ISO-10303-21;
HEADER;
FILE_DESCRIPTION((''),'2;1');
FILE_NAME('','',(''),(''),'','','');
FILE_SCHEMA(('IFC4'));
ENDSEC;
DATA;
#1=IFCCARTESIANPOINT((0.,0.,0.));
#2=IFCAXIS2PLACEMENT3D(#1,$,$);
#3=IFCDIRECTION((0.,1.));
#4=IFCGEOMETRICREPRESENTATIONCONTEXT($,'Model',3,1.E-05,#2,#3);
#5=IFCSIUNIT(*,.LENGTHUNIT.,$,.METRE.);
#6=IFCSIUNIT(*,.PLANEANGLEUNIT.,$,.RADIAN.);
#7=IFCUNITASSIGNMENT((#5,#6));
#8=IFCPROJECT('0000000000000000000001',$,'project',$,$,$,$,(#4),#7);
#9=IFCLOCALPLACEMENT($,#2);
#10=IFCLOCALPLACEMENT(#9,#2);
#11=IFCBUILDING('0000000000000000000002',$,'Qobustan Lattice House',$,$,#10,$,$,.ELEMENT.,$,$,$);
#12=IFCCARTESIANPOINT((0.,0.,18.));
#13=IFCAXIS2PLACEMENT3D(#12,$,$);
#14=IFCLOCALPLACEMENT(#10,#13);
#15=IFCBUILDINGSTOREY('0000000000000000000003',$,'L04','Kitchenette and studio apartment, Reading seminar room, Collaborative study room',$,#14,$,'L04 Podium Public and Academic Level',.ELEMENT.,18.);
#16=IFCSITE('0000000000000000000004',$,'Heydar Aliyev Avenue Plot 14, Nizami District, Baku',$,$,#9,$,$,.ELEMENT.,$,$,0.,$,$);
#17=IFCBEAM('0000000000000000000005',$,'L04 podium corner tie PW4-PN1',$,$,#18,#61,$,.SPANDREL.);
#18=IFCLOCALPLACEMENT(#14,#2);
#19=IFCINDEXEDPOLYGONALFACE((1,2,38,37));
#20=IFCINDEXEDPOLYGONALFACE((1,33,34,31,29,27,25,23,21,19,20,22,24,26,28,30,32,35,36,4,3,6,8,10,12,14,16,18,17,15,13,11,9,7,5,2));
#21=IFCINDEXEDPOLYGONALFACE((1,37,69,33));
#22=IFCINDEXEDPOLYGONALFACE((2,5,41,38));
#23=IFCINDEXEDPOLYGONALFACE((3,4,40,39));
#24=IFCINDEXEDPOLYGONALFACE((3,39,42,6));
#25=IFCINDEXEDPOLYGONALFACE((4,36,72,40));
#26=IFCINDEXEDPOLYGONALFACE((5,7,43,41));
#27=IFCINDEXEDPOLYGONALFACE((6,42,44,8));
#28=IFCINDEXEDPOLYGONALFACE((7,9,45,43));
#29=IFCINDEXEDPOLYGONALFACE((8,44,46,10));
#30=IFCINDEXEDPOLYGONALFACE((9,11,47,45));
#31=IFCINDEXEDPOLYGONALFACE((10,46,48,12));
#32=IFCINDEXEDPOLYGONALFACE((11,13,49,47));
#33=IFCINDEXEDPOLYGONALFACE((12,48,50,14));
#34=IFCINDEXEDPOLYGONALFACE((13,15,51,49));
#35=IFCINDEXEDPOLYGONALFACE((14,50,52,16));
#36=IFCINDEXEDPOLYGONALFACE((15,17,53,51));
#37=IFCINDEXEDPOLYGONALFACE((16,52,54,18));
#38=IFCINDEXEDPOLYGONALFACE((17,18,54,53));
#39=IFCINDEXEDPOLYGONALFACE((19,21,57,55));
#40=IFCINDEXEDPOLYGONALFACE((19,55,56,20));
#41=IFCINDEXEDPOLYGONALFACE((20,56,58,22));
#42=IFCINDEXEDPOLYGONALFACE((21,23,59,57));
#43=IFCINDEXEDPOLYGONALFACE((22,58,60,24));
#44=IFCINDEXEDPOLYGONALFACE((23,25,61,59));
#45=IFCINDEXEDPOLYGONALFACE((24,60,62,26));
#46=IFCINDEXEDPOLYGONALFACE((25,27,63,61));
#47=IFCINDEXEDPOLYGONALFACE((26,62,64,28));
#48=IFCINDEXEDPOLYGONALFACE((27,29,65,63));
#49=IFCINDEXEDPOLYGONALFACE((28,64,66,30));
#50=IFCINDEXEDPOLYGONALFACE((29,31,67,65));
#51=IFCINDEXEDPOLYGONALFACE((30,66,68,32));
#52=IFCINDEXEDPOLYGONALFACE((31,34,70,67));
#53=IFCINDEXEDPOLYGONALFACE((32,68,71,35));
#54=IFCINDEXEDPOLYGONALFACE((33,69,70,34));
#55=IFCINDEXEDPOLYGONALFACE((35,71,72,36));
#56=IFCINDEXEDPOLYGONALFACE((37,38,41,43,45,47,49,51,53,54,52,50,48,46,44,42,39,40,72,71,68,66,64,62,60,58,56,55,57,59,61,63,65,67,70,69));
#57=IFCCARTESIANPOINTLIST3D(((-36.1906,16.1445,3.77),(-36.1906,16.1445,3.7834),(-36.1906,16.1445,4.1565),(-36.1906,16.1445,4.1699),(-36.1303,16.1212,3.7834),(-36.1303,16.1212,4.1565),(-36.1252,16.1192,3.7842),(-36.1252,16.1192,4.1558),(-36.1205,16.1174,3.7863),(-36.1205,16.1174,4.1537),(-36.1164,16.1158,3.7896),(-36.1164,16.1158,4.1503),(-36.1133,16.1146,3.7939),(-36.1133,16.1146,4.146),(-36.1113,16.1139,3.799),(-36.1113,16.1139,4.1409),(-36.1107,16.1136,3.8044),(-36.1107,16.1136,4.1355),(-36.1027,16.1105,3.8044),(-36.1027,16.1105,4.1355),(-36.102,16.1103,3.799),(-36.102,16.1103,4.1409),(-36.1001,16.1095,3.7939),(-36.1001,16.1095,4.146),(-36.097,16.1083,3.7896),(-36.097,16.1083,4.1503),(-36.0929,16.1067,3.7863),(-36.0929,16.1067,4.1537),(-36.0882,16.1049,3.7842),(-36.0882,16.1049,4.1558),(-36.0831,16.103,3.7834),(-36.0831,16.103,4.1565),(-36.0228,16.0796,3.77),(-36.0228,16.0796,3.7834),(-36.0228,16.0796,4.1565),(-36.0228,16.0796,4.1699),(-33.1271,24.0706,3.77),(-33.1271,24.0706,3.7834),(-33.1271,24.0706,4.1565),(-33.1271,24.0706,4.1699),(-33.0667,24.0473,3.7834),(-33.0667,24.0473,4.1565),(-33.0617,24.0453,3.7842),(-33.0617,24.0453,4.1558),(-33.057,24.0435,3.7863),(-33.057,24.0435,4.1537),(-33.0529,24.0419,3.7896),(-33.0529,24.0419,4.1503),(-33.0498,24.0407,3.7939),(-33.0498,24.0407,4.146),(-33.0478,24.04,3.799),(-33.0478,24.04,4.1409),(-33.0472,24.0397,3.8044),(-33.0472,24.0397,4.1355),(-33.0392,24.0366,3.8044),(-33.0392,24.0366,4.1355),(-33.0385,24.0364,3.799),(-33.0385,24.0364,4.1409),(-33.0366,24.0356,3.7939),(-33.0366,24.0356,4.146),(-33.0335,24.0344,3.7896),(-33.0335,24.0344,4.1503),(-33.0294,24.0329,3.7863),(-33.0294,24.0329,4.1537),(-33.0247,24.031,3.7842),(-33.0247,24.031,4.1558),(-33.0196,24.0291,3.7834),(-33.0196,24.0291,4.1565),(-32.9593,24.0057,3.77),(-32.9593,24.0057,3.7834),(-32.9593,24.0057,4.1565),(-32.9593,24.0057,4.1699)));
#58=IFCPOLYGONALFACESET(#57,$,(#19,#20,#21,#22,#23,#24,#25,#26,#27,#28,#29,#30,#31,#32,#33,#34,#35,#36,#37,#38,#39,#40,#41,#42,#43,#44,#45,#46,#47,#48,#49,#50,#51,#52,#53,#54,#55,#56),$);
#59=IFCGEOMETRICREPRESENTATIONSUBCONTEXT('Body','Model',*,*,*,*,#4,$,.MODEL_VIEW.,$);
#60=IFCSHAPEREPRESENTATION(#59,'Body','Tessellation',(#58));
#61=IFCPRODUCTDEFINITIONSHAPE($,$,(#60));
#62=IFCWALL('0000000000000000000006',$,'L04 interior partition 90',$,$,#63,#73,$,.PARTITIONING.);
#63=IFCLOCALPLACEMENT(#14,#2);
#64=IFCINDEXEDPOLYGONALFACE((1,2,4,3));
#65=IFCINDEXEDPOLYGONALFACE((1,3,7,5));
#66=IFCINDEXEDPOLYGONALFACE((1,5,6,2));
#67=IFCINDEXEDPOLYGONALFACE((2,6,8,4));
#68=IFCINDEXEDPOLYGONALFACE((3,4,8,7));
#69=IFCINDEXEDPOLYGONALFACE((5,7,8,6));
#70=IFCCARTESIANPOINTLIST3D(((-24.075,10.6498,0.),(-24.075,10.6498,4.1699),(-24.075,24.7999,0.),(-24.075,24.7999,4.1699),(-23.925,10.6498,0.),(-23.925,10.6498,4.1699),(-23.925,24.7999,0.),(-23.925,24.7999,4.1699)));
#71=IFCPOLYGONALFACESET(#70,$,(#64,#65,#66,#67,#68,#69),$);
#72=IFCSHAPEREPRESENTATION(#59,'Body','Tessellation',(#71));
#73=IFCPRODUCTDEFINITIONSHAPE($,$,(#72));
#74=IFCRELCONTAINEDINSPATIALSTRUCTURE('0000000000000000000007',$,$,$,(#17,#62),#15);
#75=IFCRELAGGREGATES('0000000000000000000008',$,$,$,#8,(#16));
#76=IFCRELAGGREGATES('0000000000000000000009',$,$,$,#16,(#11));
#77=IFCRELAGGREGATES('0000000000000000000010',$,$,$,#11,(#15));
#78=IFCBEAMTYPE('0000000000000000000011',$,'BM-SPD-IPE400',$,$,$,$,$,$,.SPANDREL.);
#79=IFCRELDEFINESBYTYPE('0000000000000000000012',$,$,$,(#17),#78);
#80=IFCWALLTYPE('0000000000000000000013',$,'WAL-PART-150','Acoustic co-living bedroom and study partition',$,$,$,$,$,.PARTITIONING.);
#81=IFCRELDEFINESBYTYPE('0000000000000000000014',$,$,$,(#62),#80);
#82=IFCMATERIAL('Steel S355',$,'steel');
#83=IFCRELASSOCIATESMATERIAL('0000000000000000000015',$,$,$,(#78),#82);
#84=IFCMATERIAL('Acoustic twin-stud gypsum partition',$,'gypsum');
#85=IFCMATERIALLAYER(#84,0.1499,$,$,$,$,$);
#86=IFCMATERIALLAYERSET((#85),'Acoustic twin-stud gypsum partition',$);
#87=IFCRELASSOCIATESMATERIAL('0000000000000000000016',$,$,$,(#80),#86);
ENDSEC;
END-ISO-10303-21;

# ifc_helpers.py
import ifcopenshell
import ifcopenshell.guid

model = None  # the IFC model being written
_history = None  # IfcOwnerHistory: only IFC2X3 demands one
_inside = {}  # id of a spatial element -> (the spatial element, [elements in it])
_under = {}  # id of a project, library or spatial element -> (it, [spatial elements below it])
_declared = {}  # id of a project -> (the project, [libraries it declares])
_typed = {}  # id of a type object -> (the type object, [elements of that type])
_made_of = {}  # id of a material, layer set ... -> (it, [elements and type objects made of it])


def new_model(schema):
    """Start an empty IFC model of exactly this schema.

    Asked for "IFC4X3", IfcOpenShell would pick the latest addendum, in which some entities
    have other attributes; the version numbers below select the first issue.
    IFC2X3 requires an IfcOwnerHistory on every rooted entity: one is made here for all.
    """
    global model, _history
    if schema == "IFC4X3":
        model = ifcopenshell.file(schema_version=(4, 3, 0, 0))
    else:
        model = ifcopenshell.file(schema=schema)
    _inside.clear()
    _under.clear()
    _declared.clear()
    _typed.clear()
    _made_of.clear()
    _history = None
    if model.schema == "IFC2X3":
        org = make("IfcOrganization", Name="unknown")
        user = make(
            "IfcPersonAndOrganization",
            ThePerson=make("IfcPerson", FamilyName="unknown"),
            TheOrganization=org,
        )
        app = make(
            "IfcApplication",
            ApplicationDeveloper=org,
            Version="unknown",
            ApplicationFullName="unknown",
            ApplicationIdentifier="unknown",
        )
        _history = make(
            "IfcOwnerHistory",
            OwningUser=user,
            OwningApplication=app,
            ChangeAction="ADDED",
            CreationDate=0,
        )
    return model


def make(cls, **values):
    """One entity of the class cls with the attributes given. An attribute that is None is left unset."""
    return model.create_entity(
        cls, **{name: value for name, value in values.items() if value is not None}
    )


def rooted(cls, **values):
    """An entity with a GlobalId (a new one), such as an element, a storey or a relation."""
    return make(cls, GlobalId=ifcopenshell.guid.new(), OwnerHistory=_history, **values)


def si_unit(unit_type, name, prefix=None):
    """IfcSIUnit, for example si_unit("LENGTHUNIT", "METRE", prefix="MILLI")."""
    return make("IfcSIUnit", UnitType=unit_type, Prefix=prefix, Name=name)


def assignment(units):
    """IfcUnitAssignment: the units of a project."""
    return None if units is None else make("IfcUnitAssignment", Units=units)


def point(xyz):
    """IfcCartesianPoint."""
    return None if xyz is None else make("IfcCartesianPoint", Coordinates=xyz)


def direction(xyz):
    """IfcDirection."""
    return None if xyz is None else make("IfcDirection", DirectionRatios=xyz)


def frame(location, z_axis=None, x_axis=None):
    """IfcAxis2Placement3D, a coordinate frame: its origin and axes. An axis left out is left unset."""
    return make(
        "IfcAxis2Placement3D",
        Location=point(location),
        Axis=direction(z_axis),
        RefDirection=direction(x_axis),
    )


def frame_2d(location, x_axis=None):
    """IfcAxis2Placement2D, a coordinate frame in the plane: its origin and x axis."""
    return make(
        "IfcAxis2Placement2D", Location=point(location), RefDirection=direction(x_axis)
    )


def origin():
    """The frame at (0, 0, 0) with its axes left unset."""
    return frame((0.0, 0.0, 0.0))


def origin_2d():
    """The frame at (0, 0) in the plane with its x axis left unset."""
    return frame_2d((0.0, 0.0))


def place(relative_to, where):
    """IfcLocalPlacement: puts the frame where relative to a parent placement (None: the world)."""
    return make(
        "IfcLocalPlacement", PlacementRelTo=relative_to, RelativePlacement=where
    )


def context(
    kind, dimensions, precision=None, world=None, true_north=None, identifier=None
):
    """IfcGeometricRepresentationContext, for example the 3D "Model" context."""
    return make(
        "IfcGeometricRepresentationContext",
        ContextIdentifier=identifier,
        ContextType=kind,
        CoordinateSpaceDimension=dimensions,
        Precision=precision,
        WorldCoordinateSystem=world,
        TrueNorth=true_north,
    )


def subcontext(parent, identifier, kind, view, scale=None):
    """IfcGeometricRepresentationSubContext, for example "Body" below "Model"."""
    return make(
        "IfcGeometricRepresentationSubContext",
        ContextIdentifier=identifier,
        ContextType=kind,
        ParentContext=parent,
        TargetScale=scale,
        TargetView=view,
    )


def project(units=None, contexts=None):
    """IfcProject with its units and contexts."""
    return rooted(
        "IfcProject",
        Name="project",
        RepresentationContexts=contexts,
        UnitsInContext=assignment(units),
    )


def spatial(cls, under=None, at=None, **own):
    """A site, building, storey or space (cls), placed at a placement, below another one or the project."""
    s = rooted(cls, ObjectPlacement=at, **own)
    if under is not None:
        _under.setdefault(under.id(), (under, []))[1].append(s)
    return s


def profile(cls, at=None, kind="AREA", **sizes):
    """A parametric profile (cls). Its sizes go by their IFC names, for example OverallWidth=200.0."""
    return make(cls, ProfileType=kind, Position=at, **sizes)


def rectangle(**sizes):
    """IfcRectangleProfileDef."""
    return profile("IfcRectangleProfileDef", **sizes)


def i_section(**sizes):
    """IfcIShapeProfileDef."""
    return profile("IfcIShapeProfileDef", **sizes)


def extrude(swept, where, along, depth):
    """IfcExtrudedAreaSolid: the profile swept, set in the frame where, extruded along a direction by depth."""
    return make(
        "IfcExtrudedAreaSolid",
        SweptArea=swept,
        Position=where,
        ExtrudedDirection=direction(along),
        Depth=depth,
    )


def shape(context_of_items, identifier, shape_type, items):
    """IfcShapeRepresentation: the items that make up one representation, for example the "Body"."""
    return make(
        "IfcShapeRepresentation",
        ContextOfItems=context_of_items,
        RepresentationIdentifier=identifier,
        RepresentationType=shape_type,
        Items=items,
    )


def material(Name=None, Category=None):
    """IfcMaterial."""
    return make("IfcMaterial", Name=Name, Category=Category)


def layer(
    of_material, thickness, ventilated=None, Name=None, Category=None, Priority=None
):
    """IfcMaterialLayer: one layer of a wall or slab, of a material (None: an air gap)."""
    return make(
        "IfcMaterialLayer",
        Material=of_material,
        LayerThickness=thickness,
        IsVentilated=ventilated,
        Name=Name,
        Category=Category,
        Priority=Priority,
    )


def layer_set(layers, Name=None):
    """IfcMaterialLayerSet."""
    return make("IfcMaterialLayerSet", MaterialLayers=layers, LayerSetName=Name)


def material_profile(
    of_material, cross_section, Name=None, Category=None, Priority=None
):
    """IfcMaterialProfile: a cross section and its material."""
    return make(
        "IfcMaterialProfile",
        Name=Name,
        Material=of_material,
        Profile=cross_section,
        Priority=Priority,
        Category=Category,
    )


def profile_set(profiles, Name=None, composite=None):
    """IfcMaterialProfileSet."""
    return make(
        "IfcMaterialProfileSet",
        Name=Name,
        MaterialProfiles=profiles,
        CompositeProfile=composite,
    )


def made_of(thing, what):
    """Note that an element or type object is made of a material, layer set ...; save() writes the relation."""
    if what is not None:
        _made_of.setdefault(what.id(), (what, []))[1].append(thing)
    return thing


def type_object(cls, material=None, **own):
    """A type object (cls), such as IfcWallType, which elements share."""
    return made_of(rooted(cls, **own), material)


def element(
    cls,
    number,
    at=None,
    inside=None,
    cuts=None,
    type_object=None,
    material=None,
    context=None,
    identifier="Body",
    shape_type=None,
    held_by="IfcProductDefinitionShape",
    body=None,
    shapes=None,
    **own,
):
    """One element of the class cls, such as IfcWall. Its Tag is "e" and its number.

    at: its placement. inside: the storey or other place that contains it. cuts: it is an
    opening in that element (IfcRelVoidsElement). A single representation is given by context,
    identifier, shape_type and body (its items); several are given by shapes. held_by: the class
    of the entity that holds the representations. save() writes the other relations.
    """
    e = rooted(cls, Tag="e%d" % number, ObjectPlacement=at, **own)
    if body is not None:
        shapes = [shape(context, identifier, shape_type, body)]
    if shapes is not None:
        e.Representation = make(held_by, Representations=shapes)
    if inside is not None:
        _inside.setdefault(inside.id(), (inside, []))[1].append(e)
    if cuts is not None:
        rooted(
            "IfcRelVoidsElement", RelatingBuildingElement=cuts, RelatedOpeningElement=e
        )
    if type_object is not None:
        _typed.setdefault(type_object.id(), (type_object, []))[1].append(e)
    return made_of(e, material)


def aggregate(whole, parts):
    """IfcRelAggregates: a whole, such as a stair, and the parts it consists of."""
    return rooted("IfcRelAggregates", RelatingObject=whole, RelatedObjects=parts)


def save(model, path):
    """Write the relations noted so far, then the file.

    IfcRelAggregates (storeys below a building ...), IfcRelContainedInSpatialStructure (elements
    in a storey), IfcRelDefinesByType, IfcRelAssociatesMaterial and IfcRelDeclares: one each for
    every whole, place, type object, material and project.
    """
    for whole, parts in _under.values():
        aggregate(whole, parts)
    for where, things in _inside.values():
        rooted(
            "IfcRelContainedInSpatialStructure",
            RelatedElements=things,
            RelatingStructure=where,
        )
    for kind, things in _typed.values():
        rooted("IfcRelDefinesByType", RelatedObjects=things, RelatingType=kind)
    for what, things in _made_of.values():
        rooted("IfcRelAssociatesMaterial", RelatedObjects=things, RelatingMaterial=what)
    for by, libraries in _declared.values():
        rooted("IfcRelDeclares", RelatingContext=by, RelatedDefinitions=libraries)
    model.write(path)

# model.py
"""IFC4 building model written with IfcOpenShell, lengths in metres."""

from ifc_helpers import new_model, si_unit, direction, frame, frame_2d, origin, origin_2d, place, context, subcontext, project, spatial, rectangle, i_section, extrude, material, layer, layer_set, material_profile, profile_set, type_object, element, save


model = new_model("IFC4")

# Units and contexts
model_context = context("Model", 3, precision=1e-05, world=origin(), true_north=direction((0.0, 1.0)))
body_context = subcontext(model_context, "Body", "Model", "MODEL_VIEW")
ifc_project = project(units=[si_unit("LENGTHUNIT", "METRE"), si_unit("PLANEANGLEUNIT", "RADIAN")], contexts=[model_context])

# Site, building, storey
site_placement = place(None, origin())
site = spatial("IfcSite", under=ifc_project, at=site_placement, Name="Heydar Aliyev Avenue Plot 14, Nizami District, Baku", CompositionType="ELEMENT", RefElevation=0.0)
building_placement = place(site_placement, origin())
building = spatial("IfcBuilding", under=site, at=building_placement, Name="Qobustan Lattice House", CompositionType="ELEMENT")
storey_placement = place(building_placement, frame((0.0, 0.0, 18.0)))
storey = spatial("IfcBuildingStorey", under=building, at=storey_placement, Name="L04", Description="Kitchenette and studio apartment, Reading seminar room, Collaborative study room", LongName="L04 Podium Public and Academic Level", CompositionType="ELEMENT", Elevation=18.0)

# Beam
ifc_material_1 = material(Name="Steel S355", Category="steel")
ifc_material_profile_1 = material_profile(ifc_material_1, i_section(OverallWidth=0.1799, OverallDepth=0.3999, WebThickness=0.0085, FlangeThickness=0.0134, FilletRadius=0.021, at=origin_2d()), Name="IPE400")
ifc_profile_set_1 = profile_set([ifc_material_profile_1], Name="Steel S355")
beam_type_1 = type_object("IfcBeamType", Name="BM-SPD-IPE400", PredefinedType="SPANDREL", material=ifc_profile_set_1)
beam_1_placement = place(storey_placement, frame((-36.1067, 16.1121, 3.97), z_axis=(0.360517, 0.932753, 0.0), x_axis=(-0.932753, 0.360517, 0.0)))
element("IfcBeam", 1, at=beam_1_placement, inside=storey, type_object=beam_type_1, Name="L04 podium corner tie PW4-PN1", PredefinedType="SPANDREL", context=body_context, shape_type="SweptSolid", body=[
    extrude(i_section(OverallWidth=0.1799, OverallDepth=0.3999, WebThickness=0.0085, FlangeThickness=0.0134, FilletRadius=0.021, at=origin_2d()), origin(), (0.0, 0.0, 1.0), 8.4976),
])

# Wall
ifc_material_2 = material(Name="Acoustic twin-stud gypsum partition", Category="gypsum")
ifc_layer_1 = layer(ifc_material_2, 0.1499)
ifc_layer_set_1 = layer_set([ifc_layer_1], Name="Acoustic twin-stud gypsum partition")
wall_type_1 = type_object("IfcWallType", Name="WAL-PART-150", Description="Acoustic co-living bedroom and study partition", PredefinedType="PARTITIONING", material=ifc_layer_set_1)
wall_1_placement = place(storey_placement, frame((-24.0, 24.8, 0.0), z_axis=(0.0, 0.0, 1.0), x_axis=(0.0, -1.0, 0.0)))
element("IfcWall", 2, at=wall_1_placement, inside=storey, type_object=wall_type_1, Name="L04 interior partition 90", PredefinedType="PARTITIONING", context=body_context, shape_type="SweptSolid", body=[
    extrude(rectangle(XDim=14.1501, YDim=0.1499, at=frame_2d((7.0752, 0.0))), origin(), (0.0, 0.0, 1.0), 4.1699),
])

save(model, "model.ifc")
